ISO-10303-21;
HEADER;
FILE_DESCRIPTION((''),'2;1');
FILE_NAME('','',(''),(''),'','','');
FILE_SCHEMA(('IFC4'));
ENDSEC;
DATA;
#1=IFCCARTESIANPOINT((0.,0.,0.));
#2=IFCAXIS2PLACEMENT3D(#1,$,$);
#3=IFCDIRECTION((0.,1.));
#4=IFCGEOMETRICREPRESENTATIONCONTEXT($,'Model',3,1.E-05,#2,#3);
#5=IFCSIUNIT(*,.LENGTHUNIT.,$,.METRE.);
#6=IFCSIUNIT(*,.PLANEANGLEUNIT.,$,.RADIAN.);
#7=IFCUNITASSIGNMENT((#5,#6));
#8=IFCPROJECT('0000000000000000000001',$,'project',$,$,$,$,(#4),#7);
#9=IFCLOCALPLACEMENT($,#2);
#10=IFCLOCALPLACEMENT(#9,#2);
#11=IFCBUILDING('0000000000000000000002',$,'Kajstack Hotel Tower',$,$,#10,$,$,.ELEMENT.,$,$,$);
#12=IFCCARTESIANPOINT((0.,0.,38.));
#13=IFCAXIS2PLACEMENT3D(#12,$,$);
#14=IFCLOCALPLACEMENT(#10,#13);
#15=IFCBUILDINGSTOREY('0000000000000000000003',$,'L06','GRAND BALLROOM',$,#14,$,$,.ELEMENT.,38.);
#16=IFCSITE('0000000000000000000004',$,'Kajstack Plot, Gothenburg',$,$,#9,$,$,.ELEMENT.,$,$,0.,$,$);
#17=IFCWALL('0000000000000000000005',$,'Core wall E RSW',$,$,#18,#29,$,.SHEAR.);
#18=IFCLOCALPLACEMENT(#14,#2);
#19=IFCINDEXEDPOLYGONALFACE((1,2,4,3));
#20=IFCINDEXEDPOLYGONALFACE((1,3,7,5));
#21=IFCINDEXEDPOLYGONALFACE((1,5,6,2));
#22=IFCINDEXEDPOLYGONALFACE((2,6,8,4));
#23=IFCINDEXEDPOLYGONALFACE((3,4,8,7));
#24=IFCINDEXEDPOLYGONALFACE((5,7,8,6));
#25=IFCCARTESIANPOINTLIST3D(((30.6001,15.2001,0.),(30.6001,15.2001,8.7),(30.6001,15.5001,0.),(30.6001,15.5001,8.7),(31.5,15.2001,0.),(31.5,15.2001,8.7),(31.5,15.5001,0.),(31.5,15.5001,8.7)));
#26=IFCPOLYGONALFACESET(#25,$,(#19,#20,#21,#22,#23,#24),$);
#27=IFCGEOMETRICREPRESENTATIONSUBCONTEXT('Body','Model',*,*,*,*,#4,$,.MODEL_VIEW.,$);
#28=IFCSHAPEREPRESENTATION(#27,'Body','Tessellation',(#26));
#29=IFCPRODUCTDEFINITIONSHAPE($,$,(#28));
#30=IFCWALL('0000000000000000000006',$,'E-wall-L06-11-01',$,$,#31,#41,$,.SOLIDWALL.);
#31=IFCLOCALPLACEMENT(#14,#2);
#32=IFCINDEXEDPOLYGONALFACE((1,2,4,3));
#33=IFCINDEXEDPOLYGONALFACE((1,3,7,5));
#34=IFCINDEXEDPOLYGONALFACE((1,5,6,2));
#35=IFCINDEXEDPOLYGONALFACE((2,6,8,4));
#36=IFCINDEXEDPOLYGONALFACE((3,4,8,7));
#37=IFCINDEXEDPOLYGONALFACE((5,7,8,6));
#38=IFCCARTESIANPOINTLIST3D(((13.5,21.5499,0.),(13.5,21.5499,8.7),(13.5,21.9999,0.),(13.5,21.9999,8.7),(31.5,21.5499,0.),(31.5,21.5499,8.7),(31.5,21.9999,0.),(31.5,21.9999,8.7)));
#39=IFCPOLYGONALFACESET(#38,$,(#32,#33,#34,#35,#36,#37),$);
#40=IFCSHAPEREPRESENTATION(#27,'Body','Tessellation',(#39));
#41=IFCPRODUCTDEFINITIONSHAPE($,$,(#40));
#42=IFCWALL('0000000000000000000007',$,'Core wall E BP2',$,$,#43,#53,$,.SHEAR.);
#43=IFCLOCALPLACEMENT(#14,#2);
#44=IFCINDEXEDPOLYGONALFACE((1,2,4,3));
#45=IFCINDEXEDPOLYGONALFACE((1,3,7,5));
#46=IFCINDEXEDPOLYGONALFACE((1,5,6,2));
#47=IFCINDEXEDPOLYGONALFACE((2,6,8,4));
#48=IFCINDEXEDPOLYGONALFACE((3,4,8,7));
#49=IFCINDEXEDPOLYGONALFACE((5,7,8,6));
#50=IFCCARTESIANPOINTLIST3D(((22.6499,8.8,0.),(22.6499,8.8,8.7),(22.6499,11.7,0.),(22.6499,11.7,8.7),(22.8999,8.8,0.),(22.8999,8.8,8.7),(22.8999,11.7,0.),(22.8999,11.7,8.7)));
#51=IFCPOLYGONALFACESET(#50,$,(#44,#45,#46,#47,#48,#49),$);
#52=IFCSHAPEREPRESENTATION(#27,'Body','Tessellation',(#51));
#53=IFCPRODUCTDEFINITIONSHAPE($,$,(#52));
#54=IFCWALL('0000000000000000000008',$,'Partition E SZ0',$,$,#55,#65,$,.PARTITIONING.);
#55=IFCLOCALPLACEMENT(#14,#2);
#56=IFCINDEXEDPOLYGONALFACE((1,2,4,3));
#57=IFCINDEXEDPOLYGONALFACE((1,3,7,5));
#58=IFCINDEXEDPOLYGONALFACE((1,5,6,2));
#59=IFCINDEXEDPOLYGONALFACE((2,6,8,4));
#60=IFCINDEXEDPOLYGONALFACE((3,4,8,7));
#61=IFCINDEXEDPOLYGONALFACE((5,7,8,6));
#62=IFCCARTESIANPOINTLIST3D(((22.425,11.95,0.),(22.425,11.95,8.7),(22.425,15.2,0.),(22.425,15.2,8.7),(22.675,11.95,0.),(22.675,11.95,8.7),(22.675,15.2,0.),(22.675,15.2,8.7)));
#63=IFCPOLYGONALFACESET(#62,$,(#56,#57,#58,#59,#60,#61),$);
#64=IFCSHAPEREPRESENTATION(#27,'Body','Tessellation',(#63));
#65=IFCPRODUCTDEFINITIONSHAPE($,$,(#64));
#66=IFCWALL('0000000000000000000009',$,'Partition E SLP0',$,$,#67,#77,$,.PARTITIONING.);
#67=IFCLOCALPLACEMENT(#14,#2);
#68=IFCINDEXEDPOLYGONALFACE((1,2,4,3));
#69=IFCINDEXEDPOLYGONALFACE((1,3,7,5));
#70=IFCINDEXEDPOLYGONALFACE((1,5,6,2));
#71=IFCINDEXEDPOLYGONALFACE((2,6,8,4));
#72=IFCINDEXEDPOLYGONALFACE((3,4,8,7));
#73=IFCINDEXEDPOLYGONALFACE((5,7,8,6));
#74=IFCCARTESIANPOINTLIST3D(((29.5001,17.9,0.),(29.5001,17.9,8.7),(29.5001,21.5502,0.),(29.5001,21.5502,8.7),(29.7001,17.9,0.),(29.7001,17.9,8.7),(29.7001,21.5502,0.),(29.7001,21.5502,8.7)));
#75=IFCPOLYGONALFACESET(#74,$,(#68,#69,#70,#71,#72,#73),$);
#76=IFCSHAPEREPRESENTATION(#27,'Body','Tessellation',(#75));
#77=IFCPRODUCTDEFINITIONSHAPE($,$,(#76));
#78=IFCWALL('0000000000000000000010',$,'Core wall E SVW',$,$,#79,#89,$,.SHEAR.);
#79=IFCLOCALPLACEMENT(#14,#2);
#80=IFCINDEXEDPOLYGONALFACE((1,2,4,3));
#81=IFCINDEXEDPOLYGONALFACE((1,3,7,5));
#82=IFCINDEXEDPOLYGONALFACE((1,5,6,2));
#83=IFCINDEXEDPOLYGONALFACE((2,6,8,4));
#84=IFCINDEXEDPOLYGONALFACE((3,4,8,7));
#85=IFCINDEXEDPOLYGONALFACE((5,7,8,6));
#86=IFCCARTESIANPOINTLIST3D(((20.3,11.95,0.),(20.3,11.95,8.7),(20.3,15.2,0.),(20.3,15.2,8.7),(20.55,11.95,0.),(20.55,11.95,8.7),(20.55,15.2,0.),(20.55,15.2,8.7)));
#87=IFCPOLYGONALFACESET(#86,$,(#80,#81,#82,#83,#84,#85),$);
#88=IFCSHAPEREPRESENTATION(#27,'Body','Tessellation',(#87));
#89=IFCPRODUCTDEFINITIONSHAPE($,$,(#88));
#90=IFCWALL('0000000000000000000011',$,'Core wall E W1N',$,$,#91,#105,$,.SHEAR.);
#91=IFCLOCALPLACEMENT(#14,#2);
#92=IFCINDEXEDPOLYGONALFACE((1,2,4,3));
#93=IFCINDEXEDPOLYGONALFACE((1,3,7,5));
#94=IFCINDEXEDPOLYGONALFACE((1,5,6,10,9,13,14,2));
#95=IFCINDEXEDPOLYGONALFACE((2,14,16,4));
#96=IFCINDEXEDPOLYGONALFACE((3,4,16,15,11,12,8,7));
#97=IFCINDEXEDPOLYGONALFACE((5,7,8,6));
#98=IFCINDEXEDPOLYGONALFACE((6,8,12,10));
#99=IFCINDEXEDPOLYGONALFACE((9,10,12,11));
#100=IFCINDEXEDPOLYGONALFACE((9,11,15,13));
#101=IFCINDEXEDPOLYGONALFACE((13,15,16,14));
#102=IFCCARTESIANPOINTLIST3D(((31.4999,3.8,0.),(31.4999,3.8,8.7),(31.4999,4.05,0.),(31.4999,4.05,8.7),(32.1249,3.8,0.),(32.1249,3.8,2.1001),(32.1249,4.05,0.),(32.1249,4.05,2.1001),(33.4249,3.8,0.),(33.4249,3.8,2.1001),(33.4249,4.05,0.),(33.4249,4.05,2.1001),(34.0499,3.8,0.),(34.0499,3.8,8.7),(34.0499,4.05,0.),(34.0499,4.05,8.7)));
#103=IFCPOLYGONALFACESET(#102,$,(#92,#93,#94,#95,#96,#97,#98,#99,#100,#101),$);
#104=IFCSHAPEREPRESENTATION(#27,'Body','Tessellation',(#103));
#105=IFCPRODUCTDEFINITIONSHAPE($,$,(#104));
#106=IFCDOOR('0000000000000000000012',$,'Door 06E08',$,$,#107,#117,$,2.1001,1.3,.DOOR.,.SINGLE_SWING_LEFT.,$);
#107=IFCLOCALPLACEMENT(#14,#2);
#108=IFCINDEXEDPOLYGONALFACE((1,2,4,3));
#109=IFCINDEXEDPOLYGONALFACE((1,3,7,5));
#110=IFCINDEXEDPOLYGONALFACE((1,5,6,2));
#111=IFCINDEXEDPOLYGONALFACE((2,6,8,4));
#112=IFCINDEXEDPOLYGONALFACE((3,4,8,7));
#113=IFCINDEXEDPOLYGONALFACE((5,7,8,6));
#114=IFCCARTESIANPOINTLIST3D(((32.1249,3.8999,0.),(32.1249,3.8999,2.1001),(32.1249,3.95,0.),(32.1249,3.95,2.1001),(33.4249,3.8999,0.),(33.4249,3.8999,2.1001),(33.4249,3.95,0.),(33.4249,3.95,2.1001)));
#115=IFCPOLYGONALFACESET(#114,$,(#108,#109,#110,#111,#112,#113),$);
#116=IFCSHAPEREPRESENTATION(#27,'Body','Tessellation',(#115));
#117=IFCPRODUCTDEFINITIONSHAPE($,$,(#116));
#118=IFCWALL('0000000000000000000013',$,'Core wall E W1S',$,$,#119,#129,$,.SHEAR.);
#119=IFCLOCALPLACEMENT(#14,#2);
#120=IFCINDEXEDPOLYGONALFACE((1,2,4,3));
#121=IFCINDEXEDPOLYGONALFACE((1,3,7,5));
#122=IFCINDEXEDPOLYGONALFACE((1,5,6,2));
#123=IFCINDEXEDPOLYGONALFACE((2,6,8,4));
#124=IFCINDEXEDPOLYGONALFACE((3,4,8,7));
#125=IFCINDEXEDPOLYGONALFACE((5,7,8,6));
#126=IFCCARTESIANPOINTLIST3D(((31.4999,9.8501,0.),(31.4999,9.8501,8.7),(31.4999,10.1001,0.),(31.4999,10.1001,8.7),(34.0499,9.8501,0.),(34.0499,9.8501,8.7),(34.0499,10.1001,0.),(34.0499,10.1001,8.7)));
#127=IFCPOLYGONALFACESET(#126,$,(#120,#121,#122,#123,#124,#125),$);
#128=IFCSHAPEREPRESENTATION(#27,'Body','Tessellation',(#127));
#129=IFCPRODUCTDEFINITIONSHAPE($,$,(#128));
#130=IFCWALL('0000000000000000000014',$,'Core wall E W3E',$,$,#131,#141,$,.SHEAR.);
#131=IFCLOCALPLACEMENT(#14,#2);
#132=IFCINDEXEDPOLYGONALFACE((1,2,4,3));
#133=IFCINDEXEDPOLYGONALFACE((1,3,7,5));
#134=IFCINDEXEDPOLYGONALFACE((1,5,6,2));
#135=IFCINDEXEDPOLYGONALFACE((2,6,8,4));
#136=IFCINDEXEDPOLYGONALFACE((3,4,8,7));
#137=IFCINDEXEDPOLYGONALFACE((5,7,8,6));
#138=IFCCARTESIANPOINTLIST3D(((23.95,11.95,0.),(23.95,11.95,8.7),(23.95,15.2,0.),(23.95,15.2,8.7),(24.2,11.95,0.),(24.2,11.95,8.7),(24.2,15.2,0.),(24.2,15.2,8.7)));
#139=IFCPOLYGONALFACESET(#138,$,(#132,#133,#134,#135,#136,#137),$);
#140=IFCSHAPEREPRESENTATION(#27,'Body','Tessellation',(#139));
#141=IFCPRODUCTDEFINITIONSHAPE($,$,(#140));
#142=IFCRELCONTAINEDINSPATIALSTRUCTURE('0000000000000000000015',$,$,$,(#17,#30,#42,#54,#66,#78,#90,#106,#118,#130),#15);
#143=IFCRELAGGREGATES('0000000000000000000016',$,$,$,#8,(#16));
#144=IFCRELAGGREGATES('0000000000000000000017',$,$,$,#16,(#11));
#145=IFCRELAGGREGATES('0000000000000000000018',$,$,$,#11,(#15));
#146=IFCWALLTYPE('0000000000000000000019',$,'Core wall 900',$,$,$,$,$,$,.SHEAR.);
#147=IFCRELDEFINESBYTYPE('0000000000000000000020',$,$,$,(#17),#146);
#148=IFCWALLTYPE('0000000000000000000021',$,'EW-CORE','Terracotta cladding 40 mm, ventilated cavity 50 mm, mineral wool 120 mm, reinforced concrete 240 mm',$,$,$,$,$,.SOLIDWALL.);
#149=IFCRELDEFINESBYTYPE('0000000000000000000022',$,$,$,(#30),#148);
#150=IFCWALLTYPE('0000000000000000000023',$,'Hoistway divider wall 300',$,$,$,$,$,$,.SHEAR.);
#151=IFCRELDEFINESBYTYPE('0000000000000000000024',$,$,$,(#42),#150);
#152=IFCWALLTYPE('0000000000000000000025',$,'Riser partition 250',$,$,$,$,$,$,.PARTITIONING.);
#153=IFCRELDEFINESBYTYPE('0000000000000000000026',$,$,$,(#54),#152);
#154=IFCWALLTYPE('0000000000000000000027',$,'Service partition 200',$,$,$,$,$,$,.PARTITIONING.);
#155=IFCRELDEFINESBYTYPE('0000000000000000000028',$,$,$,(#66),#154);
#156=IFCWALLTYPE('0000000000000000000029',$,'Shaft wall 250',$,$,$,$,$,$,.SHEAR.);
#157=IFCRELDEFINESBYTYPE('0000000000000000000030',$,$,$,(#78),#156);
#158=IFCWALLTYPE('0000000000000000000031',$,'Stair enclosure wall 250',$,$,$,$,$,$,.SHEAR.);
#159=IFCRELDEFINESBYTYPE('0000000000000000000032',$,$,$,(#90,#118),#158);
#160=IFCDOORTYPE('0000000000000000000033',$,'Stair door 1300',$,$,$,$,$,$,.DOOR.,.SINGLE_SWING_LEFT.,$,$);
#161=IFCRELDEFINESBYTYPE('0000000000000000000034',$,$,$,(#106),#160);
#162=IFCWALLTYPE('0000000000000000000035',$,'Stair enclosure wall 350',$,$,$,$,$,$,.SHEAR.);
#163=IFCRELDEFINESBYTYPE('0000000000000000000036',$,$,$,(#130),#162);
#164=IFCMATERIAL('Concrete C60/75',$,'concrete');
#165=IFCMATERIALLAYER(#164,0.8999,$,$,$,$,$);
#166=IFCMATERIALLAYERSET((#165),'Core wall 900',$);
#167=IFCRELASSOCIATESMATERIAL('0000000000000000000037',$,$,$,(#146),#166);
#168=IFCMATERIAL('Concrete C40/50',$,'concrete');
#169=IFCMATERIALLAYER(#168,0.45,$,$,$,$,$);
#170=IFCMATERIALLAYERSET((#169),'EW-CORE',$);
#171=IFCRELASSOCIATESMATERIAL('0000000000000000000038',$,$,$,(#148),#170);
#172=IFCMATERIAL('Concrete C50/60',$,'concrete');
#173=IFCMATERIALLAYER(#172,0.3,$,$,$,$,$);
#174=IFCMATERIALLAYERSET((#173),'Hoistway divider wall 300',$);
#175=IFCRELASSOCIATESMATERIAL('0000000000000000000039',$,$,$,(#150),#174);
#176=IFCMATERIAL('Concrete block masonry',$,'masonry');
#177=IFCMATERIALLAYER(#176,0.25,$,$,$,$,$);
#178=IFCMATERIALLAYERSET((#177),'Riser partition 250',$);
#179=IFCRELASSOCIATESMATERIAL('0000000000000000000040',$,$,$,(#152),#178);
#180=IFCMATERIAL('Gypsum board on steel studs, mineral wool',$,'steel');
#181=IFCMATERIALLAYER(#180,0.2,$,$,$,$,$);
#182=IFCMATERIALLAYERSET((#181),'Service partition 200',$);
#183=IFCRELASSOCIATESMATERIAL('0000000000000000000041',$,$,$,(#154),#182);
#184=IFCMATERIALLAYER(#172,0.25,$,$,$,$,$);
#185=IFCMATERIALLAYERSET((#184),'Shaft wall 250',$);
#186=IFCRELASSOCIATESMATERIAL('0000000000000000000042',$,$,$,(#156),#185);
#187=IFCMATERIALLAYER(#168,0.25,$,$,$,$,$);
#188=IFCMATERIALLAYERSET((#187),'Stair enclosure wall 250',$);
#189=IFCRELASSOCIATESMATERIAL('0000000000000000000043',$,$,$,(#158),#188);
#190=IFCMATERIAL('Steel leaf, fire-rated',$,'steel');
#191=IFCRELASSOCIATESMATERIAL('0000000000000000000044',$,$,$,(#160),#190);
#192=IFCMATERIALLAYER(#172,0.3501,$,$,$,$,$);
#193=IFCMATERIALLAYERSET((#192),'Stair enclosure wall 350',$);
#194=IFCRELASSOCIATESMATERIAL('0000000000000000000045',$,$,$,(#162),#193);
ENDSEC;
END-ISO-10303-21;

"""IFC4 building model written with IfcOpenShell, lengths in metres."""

from ifc_helpers import new_model, si_unit, direction, frame, frame_2d, origin, place, context, subcontext, project, spatial, rectangle, extrude, material, layer, layer_set, type_object, element, fill, save


model = new_model("IFC4")

# Units and contexts
model_context = context("Model", 3, precision=1e-05, world=origin(), true_north=direction((0.0, 1.0)))
body_context = subcontext(model_context, "Body", "Model", "MODEL_VIEW")
ifc_project = project(units=[si_unit("LENGTHUNIT", "METRE"), si_unit("PLANEANGLEUNIT", "RADIAN")], contexts=[model_context])

# Site, building, storey
site_placement = place(None, origin())
site = spatial("IfcSite", under=ifc_project, at=site_placement, Name="Kajstack Plot, Gothenburg", CompositionType="ELEMENT", RefElevation=0.0)
building_placement = place(site_placement, origin())
building = spatial("IfcBuilding", under=site, at=building_placement, Name="Kajstack Hotel Tower", CompositionType="ELEMENT")
storey_placement = place(building_placement, frame((0.0, 0.0, 38.0)))
storey = spatial("IfcBuildingStorey", under=building, at=storey_placement, Name="L06", Description="GRAND BALLROOM", CompositionType="ELEMENT", Elevation=38.0)

# Walls
ifc_material_1 = material(Name="Concrete C60/75", Category="concrete")
ifc_layer_1 = layer(ifc_material_1, 0.8999)
ifc_layer_set_1 = layer_set([ifc_layer_1], Name="Core wall 900")
wall_type_1 = type_object("IfcWallType", Name="Core wall 900", PredefinedType="SHEAR", material=ifc_layer_set_1)
wall_1_placement = place(storey_placement, frame((30.6001, 15.3501, 0.0), z_axis=(0.0, 0.0, 1.0), x_axis=(1.0, 0.0, 0.0)))
element("IfcWall", 1, at=wall_1_placement, inside=storey, type_object=wall_type_1, Name="Core wall E RSW", PredefinedType="SHEAR", context=body_context, shape_type="SweptSolid", body=[
    extrude(rectangle(XDim=0.8999, YDim=0.3, at=frame_2d((0.45, 0.0))), origin(), (0.0, 0.0, 1.0), 8.7),
])
ifc_material_2 = material(Name="Concrete C40/50", Category="concrete")
ifc_layer_2 = layer(ifc_material_2, 0.45)
ifc_layer_set_2 = layer_set([ifc_layer_2], Name="EW-CORE")
wall_type_2 = type_object("IfcWallType", Name="EW-CORE", Description="Terracotta cladding 40 mm, ventilated cavity 50 mm, mineral wool 120 mm, reinforced concrete 240 mm", PredefinedType="SOLIDWALL", material=ifc_layer_set_2)
wall_2_placement = place(storey_placement, frame((31.5, 21.7749, 0.0), z_axis=(0.0, 0.0, 1.0), x_axis=(-1.0, 0.0, 0.0)))
element("IfcWall", 2, at=wall_2_placement, inside=storey, type_object=wall_type_2, Name="E-wall-L06-11-01", PredefinedType="SOLIDWALL", context=body_context, shape_type="SweptSolid", body=[
    extrude(rectangle(XDim=18.0, YDim=0.45, at=frame_2d((9.0, 0.0))), origin(), (0.0, 0.0, 1.0), 8.7),
])
ifc_material_3 = material(Name="Concrete C50/60", Category="concrete")
ifc_layer_3 = layer(ifc_material_3, 0.3)
ifc_layer_set_3 = layer_set([ifc_layer_3], Name="Hoistway divider wall 300")
wall_type_3 = type_object("IfcWallType", Name="Hoistway divider wall 300", PredefinedType="SHEAR", material=ifc_layer_set_3)
wall_3_placement = place(storey_placement, frame((22.7749, 8.8, 0.0), z_axis=(0.0, 0.0, 1.0), x_axis=(0.0, 1.0, 0.0)))
element("IfcWall", 3, at=wall_3_placement, inside=storey, type_object=wall_type_3, Name="Core wall E BP2", PredefinedType="SHEAR", context=body_context, shape_type="SweptSolid", body=[
    extrude(rectangle(XDim=2.8999, YDim=0.25, at=frame_2d((1.45, 0.0))), origin(), (0.0, 0.0, 1.0), 8.7),
])
ifc_material_4 = material(Name="Concrete block masonry", Category="masonry")
ifc_layer_4 = layer(ifc_material_4, 0.25)
ifc_layer_set_4 = layer_set([ifc_layer_4], Name="Riser partition 250")
wall_type_4 = type_object("IfcWallType", Name="Riser partition 250", PredefinedType="PARTITIONING", material=ifc_layer_set_4)
wall_4_placement = place(storey_placement, frame((22.55, 11.95, 0.0), z_axis=(0.0, 0.0, 1.0), x_axis=(0.0, 1.0, 0.0)))
element("IfcWall", 4, at=wall_4_placement, inside=storey, type_object=wall_type_4, Name="Partition E SZ0", PredefinedType="PARTITIONING", context=body_context, shape_type="SweptSolid", body=[
    extrude(rectangle(XDim=3.25, YDim=0.25, at=frame_2d((1.625, 0.0))), origin(), (0.0, 0.0, 1.0), 8.7),
])
ifc_material_5 = material(Name="Gypsum board on steel studs, mineral wool", Category="steel")
ifc_layer_5 = layer(ifc_material_5, 0.2)
ifc_layer_set_5 = layer_set([ifc_layer_5], Name="Service partition 200")
wall_type_5 = type_object("IfcWallType", Name="Service partition 200", PredefinedType="PARTITIONING", material=ifc_layer_set_5)
wall_5_placement = place(storey_placement, frame((29.6001, 17.8999, 0.0), z_axis=(0.0, 0.0, 1.0), x_axis=(0.0, 1.0, 0.0)))
element("IfcWall", 5, at=wall_5_placement, inside=storey, type_object=wall_type_5, Name="Partition E SLP0", PredefinedType="PARTITIONING", context=body_context, shape_type="SweptSolid", body=[
    extrude(rectangle(XDim=3.6501, YDim=0.2, at=frame_2d((1.8252, 0.0))), origin(), (0.0, 0.0, 1.0), 8.7),
])
ifc_layer_6 = layer(ifc_material_3, 0.25)
ifc_layer_set_6 = layer_set([ifc_layer_6], Name="Shaft wall 250")
wall_type_6 = type_object("IfcWallType", Name="Shaft wall 250", PredefinedType="SHEAR", material=ifc_layer_set_6)
wall_6_placement = place(storey_placement, frame((20.425, 11.95, 0.0), z_axis=(0.0, 0.0, 1.0), x_axis=(0.0, 1.0, 0.0)))
element("IfcWall", 6, at=wall_6_placement, inside=storey, type_object=wall_type_6, Name="Core wall E SVW", PredefinedType="SHEAR", context=body_context, shape_type="SweptSolid", body=[
    extrude(rectangle(XDim=3.25, YDim=0.25, at=frame_2d((1.625, 0.0))), origin(), (0.0, 0.0, 1.0), 8.7),
])

# Wall, opening, door
ifc_layer_7 = layer(ifc_material_2, 0.25)
ifc_layer_set_7 = layer_set([ifc_layer_7], Name="Stair enclosure wall 250")
wall_type_7 = type_object("IfcWallType", Name="Stair enclosure wall 250", PredefinedType="SHEAR", material=ifc_layer_set_7)
wall_7_placement = place(storey_placement, frame((31.5, 3.925, 0.0), z_axis=(0.0, 0.0, 1.0), x_axis=(1.0, 0.0, 0.0)))
wall_7 = element("IfcWall", 7, at=wall_7_placement, inside=storey, type_object=wall_type_7, Name="Core wall E W1N", PredefinedType="SHEAR", context=body_context, shape_type="SweptSolid", body=[
    extrude(rectangle(XDim=2.55, YDim=0.25, at=frame_2d((1.2749, 0.0))), origin(), (0.0, 0.0, 1.0), 8.7),
])
opening_placement = place(wall_7_placement, frame((0.625, 0.0, 0.0)))
opening = element("IfcOpeningElement", 8, at=opening_placement, cuts=wall_7, PredefinedType="OPENING", context=body_context, shape_type="SweptSolid", body=[
    extrude(rectangle(XDim=1.3, YDim=2.1001, at=frame_2d((0.6499, 1.05))), frame((0.0, 0.135, 0.0), z_axis=(0.0, -1.0, 0.0), x_axis=(1.0, 0.0, 0.0)), (0.0, 0.0, 1.0), 0.27),
])
ifc_material_6 = material(Name="Steel leaf, fire-rated", Category="steel")
door_type = type_object("IfcDoorType", Name="Stair door 1300", OperationType="SINGLE_SWING_LEFT", PredefinedType="DOOR", material=ifc_material_6)
door_placement = place(opening_placement, origin())
door = element("IfcDoor", 9, at=door_placement, inside=storey, type_object=door_type, Name="Door 06E08", OperationType="SINGLE_SWING_LEFT", OverallHeight=2.1001, OverallWidth=1.3, PredefinedType="DOOR", context=body_context, shape_type="SweptSolid", body=[
    extrude(rectangle(XDim=1.3, YDim=2.1001, at=frame_2d((0.6499, 1.05))), frame((0.0, 0.0249, 0.0), z_axis=(0.0, -1.0, 0.0), x_axis=(1.0, 0.0, 0.0)), (0.0, 0.0, 1.0), 0.05),
])
fill(opening, door)

# Walls
wall_8_placement = place(storey_placement, frame((31.5, 9.9751, 0.0), z_axis=(0.0, 0.0, 1.0), x_axis=(1.0, 0.0, 0.0)))
element("IfcWall", 10, at=wall_8_placement, inside=storey, type_object=wall_type_7, Name="Core wall E W1S", PredefinedType="SHEAR", context=body_context, shape_type="SweptSolid", body=[
    extrude(rectangle(XDim=2.55, YDim=0.25, at=frame_2d((1.2749, 0.0))), origin(), (0.0, 0.0, 1.0), 8.7),
])
ifc_layer_8 = layer(ifc_material_3, 0.3501)
ifc_layer_set_8 = layer_set([ifc_layer_8], Name="Stair enclosure wall 350")
wall_type_8 = type_object("IfcWallType", Name="Stair enclosure wall 350", PredefinedType="SHEAR", material=ifc_layer_set_8)
wall_9_placement = place(storey_placement, frame((24.075, 11.95, 0.0), z_axis=(0.0, 0.0, 1.0), x_axis=(0.0, 1.0, 0.0)))
element("IfcWall", 11, at=wall_9_placement, inside=storey, type_object=wall_type_8, Name="Core wall E W3E", PredefinedType="SHEAR", context=body_context, shape_type="SweptSolid", body=[
    extrude(rectangle(XDim=3.25, YDim=0.25, at=frame_2d((1.625, 0.0))), origin(), (0.0, 0.0, 1.0), 8.7),
])

save(model, "model.ifc")
